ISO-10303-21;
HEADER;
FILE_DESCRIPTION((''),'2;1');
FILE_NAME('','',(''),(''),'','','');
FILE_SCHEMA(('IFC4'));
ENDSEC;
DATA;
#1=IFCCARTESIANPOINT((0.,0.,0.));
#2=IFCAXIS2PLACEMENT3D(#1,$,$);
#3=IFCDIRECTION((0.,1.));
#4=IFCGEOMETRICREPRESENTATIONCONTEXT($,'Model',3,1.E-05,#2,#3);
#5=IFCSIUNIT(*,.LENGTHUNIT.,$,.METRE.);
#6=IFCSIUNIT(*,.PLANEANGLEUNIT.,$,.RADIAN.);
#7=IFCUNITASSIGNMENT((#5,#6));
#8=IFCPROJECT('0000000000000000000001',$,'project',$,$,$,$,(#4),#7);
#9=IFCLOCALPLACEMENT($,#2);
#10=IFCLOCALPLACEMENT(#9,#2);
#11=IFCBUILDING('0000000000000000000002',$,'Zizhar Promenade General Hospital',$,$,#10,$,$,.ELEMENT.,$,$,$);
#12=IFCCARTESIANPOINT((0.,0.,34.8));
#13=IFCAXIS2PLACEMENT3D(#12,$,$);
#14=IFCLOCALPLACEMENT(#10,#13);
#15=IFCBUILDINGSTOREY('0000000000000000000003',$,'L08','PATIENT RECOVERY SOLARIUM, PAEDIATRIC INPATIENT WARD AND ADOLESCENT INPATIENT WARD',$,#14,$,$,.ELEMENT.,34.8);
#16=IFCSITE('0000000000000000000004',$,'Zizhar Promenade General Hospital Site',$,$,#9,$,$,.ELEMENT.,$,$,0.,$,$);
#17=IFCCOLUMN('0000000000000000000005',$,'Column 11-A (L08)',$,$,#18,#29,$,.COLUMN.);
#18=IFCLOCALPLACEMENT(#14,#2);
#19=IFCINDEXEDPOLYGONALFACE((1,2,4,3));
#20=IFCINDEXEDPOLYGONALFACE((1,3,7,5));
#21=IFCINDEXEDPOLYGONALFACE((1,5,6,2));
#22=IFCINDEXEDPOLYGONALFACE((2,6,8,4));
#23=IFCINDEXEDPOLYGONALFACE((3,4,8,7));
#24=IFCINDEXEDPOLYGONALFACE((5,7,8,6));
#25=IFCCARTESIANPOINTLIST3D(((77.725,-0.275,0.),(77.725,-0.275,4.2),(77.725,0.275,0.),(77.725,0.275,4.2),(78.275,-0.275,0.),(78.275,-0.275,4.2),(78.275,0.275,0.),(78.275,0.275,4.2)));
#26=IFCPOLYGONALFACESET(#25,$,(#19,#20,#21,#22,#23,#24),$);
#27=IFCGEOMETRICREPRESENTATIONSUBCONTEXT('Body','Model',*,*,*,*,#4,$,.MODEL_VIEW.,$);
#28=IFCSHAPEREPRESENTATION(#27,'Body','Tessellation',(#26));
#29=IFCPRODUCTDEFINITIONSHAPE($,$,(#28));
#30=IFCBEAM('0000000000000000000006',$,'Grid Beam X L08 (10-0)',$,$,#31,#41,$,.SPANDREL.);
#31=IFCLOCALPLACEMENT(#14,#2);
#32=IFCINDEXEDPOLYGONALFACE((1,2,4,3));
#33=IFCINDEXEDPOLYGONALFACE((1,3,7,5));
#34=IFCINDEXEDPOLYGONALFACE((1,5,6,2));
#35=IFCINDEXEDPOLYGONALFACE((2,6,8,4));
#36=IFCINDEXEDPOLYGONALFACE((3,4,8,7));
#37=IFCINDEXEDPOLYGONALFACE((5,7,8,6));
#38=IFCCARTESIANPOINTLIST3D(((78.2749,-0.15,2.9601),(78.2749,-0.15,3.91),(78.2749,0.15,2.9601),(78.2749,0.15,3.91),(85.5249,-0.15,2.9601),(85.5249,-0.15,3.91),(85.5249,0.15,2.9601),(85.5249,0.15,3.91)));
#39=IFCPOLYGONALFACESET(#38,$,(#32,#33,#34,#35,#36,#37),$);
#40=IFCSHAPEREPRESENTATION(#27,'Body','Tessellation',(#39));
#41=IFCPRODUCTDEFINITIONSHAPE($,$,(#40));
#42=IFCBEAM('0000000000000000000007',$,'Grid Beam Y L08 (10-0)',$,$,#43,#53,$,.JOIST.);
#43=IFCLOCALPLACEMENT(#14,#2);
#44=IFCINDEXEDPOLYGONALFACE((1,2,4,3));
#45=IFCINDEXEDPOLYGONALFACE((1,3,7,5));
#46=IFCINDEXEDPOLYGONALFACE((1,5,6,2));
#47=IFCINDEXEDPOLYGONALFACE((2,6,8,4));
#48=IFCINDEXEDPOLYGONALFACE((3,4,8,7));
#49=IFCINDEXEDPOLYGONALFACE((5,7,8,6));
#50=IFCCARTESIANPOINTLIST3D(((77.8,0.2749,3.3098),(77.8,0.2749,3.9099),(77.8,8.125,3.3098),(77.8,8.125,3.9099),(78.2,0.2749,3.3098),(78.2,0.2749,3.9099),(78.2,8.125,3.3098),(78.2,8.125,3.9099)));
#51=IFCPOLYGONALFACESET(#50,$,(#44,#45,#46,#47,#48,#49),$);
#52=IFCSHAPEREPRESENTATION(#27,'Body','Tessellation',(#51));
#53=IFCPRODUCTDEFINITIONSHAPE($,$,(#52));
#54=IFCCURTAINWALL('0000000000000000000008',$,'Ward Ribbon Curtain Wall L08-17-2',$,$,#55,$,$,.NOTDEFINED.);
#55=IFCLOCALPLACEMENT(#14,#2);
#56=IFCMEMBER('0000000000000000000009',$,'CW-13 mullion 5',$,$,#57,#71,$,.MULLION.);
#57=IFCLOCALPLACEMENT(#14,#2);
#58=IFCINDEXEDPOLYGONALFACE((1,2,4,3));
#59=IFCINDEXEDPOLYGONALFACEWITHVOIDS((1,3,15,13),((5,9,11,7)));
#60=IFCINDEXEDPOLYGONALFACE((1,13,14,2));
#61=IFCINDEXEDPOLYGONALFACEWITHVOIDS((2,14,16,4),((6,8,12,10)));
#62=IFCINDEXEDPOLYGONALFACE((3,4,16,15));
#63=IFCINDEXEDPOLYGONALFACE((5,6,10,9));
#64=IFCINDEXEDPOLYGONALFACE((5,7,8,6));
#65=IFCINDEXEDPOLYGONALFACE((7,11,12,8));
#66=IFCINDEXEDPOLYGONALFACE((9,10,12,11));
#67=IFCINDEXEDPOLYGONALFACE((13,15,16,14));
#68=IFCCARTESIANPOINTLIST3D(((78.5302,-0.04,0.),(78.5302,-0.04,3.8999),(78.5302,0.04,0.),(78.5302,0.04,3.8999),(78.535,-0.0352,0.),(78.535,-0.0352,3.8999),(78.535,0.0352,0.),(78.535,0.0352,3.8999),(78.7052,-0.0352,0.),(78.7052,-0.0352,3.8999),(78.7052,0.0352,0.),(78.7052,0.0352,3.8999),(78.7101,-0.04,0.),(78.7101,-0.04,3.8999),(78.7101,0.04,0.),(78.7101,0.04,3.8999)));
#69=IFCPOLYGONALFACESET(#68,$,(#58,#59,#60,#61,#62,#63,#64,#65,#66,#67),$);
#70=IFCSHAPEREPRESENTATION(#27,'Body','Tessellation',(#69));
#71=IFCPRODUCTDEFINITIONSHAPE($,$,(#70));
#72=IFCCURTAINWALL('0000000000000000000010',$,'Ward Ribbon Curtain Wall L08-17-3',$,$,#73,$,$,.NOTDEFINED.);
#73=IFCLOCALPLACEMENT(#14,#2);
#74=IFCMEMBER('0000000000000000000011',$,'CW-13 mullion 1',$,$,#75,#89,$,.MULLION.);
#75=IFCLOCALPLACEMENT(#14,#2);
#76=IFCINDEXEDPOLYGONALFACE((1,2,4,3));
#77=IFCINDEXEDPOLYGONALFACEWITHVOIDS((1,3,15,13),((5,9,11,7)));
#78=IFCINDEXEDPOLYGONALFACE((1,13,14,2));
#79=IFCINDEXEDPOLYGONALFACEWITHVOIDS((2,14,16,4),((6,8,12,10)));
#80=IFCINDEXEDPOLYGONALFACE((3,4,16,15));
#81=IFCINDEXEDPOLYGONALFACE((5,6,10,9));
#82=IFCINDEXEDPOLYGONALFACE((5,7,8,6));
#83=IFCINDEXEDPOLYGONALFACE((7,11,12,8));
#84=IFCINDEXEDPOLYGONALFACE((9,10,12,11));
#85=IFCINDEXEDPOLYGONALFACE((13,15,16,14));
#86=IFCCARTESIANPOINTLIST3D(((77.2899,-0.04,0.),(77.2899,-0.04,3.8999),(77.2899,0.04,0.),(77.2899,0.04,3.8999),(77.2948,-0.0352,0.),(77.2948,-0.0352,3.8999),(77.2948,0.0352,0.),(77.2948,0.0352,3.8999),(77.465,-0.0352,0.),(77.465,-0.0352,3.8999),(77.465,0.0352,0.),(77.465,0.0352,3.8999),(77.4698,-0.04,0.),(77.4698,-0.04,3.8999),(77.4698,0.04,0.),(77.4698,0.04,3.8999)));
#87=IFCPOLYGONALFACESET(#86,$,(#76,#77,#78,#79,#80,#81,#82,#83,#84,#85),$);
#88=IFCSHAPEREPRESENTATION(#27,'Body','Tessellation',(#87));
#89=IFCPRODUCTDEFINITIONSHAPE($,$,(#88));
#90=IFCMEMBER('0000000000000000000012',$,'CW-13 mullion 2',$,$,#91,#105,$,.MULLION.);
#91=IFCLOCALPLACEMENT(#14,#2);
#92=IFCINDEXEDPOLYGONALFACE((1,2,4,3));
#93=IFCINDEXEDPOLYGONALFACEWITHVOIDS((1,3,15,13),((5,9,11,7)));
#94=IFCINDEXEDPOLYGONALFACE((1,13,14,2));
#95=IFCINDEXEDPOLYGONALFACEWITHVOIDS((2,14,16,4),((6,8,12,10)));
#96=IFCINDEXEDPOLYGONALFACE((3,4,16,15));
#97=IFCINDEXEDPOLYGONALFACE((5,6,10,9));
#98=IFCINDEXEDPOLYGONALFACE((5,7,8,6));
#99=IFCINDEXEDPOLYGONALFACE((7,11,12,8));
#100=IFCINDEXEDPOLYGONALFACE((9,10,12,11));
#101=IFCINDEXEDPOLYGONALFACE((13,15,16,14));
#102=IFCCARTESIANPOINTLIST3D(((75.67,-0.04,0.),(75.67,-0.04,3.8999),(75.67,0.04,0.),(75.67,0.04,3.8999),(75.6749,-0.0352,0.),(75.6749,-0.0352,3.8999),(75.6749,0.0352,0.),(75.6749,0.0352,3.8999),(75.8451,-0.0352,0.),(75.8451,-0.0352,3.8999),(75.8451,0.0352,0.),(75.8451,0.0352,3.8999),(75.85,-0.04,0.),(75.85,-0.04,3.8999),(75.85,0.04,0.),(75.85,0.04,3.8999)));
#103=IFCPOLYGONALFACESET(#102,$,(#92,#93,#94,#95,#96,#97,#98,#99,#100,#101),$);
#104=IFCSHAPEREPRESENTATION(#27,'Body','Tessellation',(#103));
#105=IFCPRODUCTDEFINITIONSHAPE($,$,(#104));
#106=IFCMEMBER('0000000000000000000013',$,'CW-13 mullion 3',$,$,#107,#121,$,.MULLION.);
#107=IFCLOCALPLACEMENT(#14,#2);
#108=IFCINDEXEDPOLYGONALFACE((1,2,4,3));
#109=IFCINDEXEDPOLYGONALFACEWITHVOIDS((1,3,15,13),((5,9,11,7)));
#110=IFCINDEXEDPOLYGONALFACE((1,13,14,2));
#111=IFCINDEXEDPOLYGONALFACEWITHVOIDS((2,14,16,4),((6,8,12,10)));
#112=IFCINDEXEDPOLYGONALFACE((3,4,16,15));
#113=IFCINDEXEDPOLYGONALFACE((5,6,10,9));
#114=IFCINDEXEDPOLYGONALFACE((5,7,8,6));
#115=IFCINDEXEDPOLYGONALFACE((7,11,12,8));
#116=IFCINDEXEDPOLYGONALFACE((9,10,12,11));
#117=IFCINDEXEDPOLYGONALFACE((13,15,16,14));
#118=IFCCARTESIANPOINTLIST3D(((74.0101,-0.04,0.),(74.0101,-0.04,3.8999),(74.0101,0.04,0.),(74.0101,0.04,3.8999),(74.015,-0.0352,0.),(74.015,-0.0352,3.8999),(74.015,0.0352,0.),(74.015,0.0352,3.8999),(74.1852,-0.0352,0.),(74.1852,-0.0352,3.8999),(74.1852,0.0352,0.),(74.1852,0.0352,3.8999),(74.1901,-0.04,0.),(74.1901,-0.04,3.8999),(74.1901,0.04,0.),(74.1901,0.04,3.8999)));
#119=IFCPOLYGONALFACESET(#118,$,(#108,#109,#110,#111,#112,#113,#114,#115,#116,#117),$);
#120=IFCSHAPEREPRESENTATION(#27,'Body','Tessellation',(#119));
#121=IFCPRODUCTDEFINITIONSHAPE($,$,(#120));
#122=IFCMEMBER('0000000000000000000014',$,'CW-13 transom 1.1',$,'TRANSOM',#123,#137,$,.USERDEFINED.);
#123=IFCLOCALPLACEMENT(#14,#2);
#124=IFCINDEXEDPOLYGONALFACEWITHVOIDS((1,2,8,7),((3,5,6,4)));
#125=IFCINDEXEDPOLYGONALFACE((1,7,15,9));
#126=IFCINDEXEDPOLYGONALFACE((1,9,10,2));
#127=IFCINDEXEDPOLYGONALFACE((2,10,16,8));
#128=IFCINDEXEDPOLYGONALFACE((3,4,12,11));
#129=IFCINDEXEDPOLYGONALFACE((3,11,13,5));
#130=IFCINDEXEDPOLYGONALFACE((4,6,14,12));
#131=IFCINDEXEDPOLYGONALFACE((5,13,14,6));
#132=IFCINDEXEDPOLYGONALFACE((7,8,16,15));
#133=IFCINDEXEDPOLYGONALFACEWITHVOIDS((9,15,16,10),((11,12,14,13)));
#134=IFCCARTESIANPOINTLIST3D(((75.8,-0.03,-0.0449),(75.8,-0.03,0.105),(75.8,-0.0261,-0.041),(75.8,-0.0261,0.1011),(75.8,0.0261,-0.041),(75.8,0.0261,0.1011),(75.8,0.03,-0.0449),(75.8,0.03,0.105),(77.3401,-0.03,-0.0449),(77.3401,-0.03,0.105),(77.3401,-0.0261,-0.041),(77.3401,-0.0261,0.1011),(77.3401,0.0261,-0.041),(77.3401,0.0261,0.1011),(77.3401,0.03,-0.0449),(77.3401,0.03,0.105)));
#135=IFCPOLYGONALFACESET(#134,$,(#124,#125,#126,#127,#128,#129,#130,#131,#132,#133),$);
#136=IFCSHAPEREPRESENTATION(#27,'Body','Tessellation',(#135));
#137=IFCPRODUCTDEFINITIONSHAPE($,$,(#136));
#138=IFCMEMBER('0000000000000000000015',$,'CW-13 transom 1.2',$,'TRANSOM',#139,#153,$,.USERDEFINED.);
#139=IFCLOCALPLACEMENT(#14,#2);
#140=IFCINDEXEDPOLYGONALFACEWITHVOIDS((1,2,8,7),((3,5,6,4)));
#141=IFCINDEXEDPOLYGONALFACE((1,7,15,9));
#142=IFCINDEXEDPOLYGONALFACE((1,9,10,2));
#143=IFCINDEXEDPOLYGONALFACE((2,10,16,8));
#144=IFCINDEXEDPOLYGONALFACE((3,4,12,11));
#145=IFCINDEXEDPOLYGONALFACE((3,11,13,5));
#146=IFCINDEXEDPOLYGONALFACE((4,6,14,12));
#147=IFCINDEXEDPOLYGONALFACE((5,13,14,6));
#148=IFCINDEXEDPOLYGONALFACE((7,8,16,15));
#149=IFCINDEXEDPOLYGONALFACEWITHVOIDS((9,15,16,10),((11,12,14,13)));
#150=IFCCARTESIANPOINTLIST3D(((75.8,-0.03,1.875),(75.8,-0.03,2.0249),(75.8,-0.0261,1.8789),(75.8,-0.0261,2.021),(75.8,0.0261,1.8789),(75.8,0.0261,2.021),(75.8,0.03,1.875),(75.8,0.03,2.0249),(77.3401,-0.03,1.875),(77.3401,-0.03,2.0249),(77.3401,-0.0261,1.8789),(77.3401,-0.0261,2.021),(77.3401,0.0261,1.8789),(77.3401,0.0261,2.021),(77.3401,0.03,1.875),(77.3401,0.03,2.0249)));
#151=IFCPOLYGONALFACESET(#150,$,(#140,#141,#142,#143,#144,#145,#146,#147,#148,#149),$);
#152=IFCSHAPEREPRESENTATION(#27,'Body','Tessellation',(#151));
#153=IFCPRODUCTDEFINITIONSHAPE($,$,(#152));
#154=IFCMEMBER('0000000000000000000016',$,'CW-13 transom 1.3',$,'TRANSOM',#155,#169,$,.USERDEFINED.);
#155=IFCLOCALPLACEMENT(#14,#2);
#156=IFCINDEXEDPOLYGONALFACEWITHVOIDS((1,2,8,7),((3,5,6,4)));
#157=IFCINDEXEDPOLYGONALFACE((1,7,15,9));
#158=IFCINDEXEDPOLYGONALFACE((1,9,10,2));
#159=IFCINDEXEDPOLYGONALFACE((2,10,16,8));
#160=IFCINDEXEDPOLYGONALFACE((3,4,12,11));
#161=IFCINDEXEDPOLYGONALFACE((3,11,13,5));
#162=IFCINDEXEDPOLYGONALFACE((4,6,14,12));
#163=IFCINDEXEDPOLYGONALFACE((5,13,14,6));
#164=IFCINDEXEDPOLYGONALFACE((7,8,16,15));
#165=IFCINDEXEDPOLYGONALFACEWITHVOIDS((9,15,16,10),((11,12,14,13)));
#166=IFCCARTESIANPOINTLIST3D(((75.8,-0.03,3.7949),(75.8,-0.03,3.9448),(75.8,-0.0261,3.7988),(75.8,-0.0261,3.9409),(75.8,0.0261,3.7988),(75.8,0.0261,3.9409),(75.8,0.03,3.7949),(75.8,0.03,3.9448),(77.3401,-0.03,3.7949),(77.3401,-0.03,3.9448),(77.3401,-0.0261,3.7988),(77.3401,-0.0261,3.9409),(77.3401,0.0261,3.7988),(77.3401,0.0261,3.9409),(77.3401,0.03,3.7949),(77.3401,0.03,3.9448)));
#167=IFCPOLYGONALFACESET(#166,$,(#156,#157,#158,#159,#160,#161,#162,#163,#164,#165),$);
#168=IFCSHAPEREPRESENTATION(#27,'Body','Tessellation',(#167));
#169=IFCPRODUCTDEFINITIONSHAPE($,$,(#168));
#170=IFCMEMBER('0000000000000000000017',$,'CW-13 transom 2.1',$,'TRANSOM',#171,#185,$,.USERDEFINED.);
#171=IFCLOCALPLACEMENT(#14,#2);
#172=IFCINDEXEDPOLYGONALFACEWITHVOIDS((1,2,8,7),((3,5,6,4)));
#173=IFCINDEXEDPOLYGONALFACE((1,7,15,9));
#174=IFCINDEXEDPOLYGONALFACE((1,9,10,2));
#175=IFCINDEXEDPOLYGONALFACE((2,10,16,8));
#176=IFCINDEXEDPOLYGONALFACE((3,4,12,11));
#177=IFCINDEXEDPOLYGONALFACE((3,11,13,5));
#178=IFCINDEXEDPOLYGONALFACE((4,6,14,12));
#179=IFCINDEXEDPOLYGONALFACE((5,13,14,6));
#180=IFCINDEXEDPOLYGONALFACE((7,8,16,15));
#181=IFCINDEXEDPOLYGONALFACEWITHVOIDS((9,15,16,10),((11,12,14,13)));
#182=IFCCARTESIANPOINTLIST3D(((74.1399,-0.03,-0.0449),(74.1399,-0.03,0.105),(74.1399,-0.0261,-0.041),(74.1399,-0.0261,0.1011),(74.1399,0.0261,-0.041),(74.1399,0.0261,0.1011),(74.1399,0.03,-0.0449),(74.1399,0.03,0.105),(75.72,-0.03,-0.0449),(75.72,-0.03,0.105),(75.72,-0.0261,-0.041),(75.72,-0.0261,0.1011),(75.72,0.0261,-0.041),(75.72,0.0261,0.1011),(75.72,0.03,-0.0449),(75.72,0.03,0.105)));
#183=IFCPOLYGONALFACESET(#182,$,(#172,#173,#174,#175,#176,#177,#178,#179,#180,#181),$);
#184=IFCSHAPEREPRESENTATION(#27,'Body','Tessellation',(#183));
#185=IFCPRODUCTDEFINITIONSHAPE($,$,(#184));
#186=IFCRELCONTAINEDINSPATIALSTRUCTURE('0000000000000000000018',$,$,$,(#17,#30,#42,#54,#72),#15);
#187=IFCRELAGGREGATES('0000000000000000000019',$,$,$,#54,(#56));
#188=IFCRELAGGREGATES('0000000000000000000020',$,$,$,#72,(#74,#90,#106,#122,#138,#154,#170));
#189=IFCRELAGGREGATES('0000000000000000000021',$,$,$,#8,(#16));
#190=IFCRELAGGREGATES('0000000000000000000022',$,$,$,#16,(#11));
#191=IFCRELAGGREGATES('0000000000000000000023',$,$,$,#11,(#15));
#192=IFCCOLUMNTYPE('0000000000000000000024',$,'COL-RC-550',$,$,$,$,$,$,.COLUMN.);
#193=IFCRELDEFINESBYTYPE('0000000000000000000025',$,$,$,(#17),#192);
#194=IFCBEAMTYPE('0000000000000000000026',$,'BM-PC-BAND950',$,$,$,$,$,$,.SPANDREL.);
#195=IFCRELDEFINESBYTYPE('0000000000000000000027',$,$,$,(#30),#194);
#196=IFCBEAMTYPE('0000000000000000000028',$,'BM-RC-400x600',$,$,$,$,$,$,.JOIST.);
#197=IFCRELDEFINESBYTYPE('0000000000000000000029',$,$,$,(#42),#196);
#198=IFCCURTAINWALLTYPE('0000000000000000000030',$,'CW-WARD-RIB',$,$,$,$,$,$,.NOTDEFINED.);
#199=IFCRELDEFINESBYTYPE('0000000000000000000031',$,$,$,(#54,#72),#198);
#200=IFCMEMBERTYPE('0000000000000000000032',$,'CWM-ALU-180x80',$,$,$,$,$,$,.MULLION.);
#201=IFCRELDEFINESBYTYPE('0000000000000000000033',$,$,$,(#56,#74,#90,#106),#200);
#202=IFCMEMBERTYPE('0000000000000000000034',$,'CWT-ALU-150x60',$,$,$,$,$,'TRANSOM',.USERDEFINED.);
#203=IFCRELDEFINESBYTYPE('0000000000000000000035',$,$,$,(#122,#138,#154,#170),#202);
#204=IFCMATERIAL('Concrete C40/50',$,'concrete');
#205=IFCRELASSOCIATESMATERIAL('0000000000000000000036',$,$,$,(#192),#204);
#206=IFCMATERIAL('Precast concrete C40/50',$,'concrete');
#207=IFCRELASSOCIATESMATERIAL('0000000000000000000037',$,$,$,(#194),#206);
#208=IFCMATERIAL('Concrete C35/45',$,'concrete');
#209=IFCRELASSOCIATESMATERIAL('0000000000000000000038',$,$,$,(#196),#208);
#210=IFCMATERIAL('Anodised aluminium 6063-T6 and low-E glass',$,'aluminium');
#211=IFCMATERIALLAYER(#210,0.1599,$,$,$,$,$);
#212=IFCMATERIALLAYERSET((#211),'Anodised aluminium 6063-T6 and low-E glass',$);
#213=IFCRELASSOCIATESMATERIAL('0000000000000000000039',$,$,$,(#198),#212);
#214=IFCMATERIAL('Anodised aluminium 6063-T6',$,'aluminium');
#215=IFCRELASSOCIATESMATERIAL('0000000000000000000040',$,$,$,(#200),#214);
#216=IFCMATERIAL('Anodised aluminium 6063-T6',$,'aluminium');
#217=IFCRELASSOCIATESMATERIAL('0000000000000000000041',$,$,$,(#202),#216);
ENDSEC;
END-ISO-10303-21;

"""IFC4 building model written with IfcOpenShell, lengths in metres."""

from ifc_helpers import new_model, si_unit, direction, frame, origin, origin_2d, place, context, subcontext, project, spatial, rectangle, hollow_rectangle, extrude, material, layer, layer_set, material_profile, profile_set, type_object, element, aggregate, save


model = new_model("IFC4")

# Units and contexts
model_context = context("Model", 3, precision=1e-05, world=origin(), true_north=direction((0.0, 1.0)))
body_context = subcontext(model_context, "Body", "Model", "MODEL_VIEW")
ifc_project = project(units=[si_unit("LENGTHUNIT", "METRE"), si_unit("PLANEANGLEUNIT", "RADIAN")], contexts=[model_context])

# Site, building, storey
site_placement = place(None, origin())
site = spatial("IfcSite", under=ifc_project, at=site_placement, Name="Zizhar Promenade General Hospital Site", CompositionType="ELEMENT", RefElevation=0.0)
building_placement = place(site_placement, origin())
building = spatial("IfcBuilding", under=site, at=building_placement, Name="Zizhar Promenade General Hospital", CompositionType="ELEMENT")
storey_placement = place(building_placement, frame((0.0, 0.0, 34.8)))
storey = spatial("IfcBuildingStorey", under=building, at=storey_placement, Name="L08", Description="PATIENT RECOVERY SOLARIUM, PAEDIATRIC INPATIENT WARD AND ADOLESCENT INPATIENT WARD", CompositionType="ELEMENT", Elevation=34.8)

# Column
ifc_material_1 = material(Name="Concrete C40/50", Category="concrete")
ifc_material_profile_1 = material_profile(ifc_material_1, rectangle(XDim=0.55, YDim=0.55, at=origin_2d()))
ifc_profile_set_1 = profile_set([ifc_material_profile_1], Name="Concrete C40/50")
column_type = type_object("IfcColumnType", Name="COL-RC-550", PredefinedType="COLUMN", material=ifc_profile_set_1)
column_placement = place(storey_placement, frame((78.0, 0.0, 0.0), z_axis=(0.0, 0.0, 1.0), x_axis=(1.0, 0.0, 0.0)))
element("IfcColumn", 1, at=column_placement, inside=storey, type_object=column_type, Name="Column 11-A (L08)", PredefinedType="COLUMN", context=body_context, shape_type="SweptSolid", body=[
    extrude(rectangle(XDim=0.55, YDim=0.55, at=origin_2d()), origin(), (0.0, 0.0, 1.0), 4.2),
])

# Beams
ifc_material_2 = material(Name="Precast concrete C40/50", Category="concrete")
ifc_material_profile_2 = material_profile(ifc_material_2, rectangle(XDim=0.3, YDim=0.95, at=origin_2d()))
ifc_profile_set_2 = profile_set([ifc_material_profile_2], Name="Precast concrete C40/50")
beam_type_1 = type_object("IfcBeamType", Name="BM-PC-BAND950", PredefinedType="SPANDREL", material=ifc_profile_set_2)
beam_1_placement = place(storey_placement, frame((78.2749, 0.0, 3.4351), z_axis=(1.0, 0.0, 0.0), x_axis=(0.0, 1.0, 0.0)))
element("IfcBeam", 2, at=beam_1_placement, inside=storey, type_object=beam_type_1, Name="Grid Beam X L08 (10-0)", PredefinedType="SPANDREL", context=body_context, shape_type="SweptSolid", body=[
    extrude(rectangle(XDim=0.3, YDim=0.95, at=origin_2d()), origin(), (0.0, 0.0, 1.0), 7.25),
])
ifc_material_3 = material(Name="Concrete C35/45", Category="concrete")
ifc_material_profile_3 = material_profile(ifc_material_3, rectangle(XDim=0.3999, YDim=0.6001, at=origin_2d()))
ifc_profile_set_3 = profile_set([ifc_material_profile_3], Name="Concrete C35/45")
beam_type_2 = type_object("IfcBeamType", Name="BM-RC-400x600", PredefinedType="JOIST", material=ifc_profile_set_3)
beam_2_placement = place(storey_placement, frame((78.0, 0.2749, 3.6099), z_axis=(0.0, 1.0, 0.0), x_axis=(-1.0, 0.0, 0.0)))
element("IfcBeam", 3, at=beam_2_placement, inside=storey, type_object=beam_type_2, Name="Grid Beam Y L08 (10-0)", PredefinedType="JOIST", context=body_context, shape_type="SweptSolid", body=[
    extrude(rectangle(XDim=0.3999, YDim=0.6001, at=origin_2d()), origin(), (0.0, 0.0, 1.0), 7.8501),
])

# Curtain wall, member
ifc_material_4 = material(Name="Anodised aluminium 6063-T6 and low-E glass", Category="aluminium")
ifc_layer_1 = layer(ifc_material_4, 0.1599)
ifc_layer_set_1 = layer_set([ifc_layer_1], Name="Anodised aluminium 6063-T6 and low-E glass")
curtain_wall_type = type_object("IfcCurtainWallType", Name="CW-WARD-RIB", PredefinedType="NOTDEFINED", material=ifc_layer_set_1)
curtain_wall_1_placement = place(storey_placement, origin())
curtain_wall_1 = element("IfcCurtainWall", 4, at=curtain_wall_1_placement, inside=storey, type_object=curtain_wall_type, Name="Ward Ribbon Curtain Wall L08-17-2", PredefinedType="NOTDEFINED")
ifc_material_5 = material(Name="Anodised aluminium 6063-T6", Category="aluminium")
ifc_material_profile_4 = material_profile(ifc_material_5, hollow_rectangle(XDim=0.0801, YDim=0.1799, WallThickness=0.0049, at=origin_2d()))
ifc_profile_set_4 = profile_set([ifc_material_profile_4], Name="Anodised aluminium 6063-T6")
member_type_1 = type_object("IfcMemberType", Name="CWM-ALU-180x80", PredefinedType="MULLION", material=ifc_profile_set_4)
member_1_placement = place(storey_placement, frame((78.6201, 0.0, 0.0), z_axis=(0.0, 0.0, 1.0), x_axis=(0.0, -1.0, 0.0)))
member_1 = element("IfcMember", 5, at=member_1_placement, type_object=member_type_1, Name="CW-13 mullion 5", PredefinedType="MULLION", context=body_context, shape_type="SweptSolid", body=[
    extrude(hollow_rectangle(XDim=0.0801, YDim=0.1799, WallThickness=0.0049, at=origin_2d()), origin(), (0.0, 0.0, 1.0), 3.8999),
])

# Curtain wall, members
curtain_wall_2_placement = place(storey_placement, origin())
curtain_wall_2 = element("IfcCurtainWall", 6, at=curtain_wall_2_placement, inside=storey, type_object=curtain_wall_type, Name="Ward Ribbon Curtain Wall L08-17-3", PredefinedType="NOTDEFINED")
member_2_placement = place(storey_placement, frame((77.3799, 0.0, 0.0), z_axis=(0.0, 0.0, 1.0), x_axis=(0.0, -1.0, 0.0)))
member_2 = element("IfcMember", 7, at=member_2_placement, type_object=member_type_1, Name="CW-13 mullion 1", PredefinedType="MULLION", context=body_context, shape_type="SweptSolid", body=[
    extrude(hollow_rectangle(XDim=0.0801, YDim=0.1799, WallThickness=0.0049, at=origin_2d()), origin(), (0.0, 0.0, 1.0), 3.8999),
])
member_3_placement = place(storey_placement, frame((75.76, 0.0, 0.0), z_axis=(0.0, 0.0, 1.0), x_axis=(0.0, -1.0, 0.0)))
member_3 = element("IfcMember", 8, at=member_3_placement, type_object=member_type_1, Name="CW-13 mullion 2", PredefinedType="MULLION", context=body_context, shape_type="SweptSolid", body=[
    extrude(hollow_rectangle(XDim=0.0801, YDim=0.1799, WallThickness=0.0049, at=origin_2d()), origin(), (0.0, 0.0, 1.0), 3.8999),
])
member_4_placement = place(storey_placement, frame((74.1001, 0.0, 0.0), z_axis=(0.0, 0.0, 1.0), x_axis=(0.0, -1.0, 0.0)))
member_4 = element("IfcMember", 9, at=member_4_placement, type_object=member_type_1, Name="CW-13 mullion 3", PredefinedType="MULLION", context=body_context, shape_type="SweptSolid", body=[
    extrude(hollow_rectangle(XDim=0.0801, YDim=0.1799, WallThickness=0.0049, at=origin_2d()), origin(), (0.0, 0.0, 1.0), 3.8999),
])
ifc_material_6 = material(Name="Anodised aluminium 6063-T6", Category="aluminium")
ifc_material_profile_5 = material_profile(ifc_material_6, hollow_rectangle(XDim=0.0601, YDim=0.1499, WallThickness=0.0039, at=origin_2d()))
ifc_profile_set_5 = profile_set([ifc_material_profile_5], Name="Anodised aluminium 6063-T6")
member_type_2 = type_object("IfcMemberType", Name="CWT-ALU-150x60", ElementType="TRANSOM", PredefinedType="USERDEFINED", material=ifc_profile_set_5)
member_5_placement = place(storey_placement, frame((77.3401, 0.0, 0.03), z_axis=(-1.0, 0.0, 0.0), x_axis=(0.0, -1.0, 0.0)))
member_5 = element("IfcMember", 10, at=member_5_placement, type_object=member_type_2, Name="CW-13 transom 1.1", ObjectType="TRANSOM", PredefinedType="USERDEFINED", context=body_context, shape_type="SweptSolid", body=[
    extrude(hollow_rectangle(XDim=0.0601, YDim=0.1499, WallThickness=0.0039, at=origin_2d()), origin(), (0.0, 0.0, 1.0), 1.54),
])
member_6_placement = place(storey_placement, frame((77.3401, 0.0, 1.95), z_axis=(-1.0, 0.0, 0.0), x_axis=(0.0, -1.0, 0.0)))
member_6 = element("IfcMember", 11, at=member_6_placement, type_object=member_type_2, Name="CW-13 transom 1.2", ObjectType="TRANSOM", PredefinedType="USERDEFINED", context=body_context, shape_type="SweptSolid", body=[
    extrude(hollow_rectangle(XDim=0.0601, YDim=0.1499, WallThickness=0.0039, at=origin_2d()), origin(), (0.0, 0.0, 1.0), 1.54),
])
member_7_placement = place(storey_placement, frame((77.3401, 0.0, 3.8699), z_axis=(-1.0, 0.0, 0.0), x_axis=(0.0, -1.0, 0.0)))
member_7 = element("IfcMember", 12, at=member_7_placement, type_object=member_type_2, Name="CW-13 transom 1.3", ObjectType="TRANSOM", PredefinedType="USERDEFINED", context=body_context, shape_type="SweptSolid", body=[
    extrude(hollow_rectangle(XDim=0.0601, YDim=0.1499, WallThickness=0.0039, at=origin_2d()), origin(), (0.0, 0.0, 1.0), 1.54),
])
member_8_placement = place(storey_placement, frame((75.72, 0.0, 0.03), z_axis=(-1.0, 0.0, 0.0), x_axis=(0.0, -1.0, 0.0)))
member_8 = element("IfcMember", 13, at=member_8_placement, type_object=member_type_2, Name="CW-13 transom 2.1", ObjectType="TRANSOM", PredefinedType="USERDEFINED", context=body_context, shape_type="SweptSolid", body=[
    extrude(hollow_rectangle(XDim=0.0601, YDim=0.1499, WallThickness=0.0039, at=origin_2d()), origin(), (0.0, 0.0, 1.0), 1.5801),
])

aggregate(curtain_wall_1, [member_1])
aggregate(curtain_wall_2, [member_2, member_3, member_4, member_5, member_6, member_7, member_8])

save(model, "model.ifc")
